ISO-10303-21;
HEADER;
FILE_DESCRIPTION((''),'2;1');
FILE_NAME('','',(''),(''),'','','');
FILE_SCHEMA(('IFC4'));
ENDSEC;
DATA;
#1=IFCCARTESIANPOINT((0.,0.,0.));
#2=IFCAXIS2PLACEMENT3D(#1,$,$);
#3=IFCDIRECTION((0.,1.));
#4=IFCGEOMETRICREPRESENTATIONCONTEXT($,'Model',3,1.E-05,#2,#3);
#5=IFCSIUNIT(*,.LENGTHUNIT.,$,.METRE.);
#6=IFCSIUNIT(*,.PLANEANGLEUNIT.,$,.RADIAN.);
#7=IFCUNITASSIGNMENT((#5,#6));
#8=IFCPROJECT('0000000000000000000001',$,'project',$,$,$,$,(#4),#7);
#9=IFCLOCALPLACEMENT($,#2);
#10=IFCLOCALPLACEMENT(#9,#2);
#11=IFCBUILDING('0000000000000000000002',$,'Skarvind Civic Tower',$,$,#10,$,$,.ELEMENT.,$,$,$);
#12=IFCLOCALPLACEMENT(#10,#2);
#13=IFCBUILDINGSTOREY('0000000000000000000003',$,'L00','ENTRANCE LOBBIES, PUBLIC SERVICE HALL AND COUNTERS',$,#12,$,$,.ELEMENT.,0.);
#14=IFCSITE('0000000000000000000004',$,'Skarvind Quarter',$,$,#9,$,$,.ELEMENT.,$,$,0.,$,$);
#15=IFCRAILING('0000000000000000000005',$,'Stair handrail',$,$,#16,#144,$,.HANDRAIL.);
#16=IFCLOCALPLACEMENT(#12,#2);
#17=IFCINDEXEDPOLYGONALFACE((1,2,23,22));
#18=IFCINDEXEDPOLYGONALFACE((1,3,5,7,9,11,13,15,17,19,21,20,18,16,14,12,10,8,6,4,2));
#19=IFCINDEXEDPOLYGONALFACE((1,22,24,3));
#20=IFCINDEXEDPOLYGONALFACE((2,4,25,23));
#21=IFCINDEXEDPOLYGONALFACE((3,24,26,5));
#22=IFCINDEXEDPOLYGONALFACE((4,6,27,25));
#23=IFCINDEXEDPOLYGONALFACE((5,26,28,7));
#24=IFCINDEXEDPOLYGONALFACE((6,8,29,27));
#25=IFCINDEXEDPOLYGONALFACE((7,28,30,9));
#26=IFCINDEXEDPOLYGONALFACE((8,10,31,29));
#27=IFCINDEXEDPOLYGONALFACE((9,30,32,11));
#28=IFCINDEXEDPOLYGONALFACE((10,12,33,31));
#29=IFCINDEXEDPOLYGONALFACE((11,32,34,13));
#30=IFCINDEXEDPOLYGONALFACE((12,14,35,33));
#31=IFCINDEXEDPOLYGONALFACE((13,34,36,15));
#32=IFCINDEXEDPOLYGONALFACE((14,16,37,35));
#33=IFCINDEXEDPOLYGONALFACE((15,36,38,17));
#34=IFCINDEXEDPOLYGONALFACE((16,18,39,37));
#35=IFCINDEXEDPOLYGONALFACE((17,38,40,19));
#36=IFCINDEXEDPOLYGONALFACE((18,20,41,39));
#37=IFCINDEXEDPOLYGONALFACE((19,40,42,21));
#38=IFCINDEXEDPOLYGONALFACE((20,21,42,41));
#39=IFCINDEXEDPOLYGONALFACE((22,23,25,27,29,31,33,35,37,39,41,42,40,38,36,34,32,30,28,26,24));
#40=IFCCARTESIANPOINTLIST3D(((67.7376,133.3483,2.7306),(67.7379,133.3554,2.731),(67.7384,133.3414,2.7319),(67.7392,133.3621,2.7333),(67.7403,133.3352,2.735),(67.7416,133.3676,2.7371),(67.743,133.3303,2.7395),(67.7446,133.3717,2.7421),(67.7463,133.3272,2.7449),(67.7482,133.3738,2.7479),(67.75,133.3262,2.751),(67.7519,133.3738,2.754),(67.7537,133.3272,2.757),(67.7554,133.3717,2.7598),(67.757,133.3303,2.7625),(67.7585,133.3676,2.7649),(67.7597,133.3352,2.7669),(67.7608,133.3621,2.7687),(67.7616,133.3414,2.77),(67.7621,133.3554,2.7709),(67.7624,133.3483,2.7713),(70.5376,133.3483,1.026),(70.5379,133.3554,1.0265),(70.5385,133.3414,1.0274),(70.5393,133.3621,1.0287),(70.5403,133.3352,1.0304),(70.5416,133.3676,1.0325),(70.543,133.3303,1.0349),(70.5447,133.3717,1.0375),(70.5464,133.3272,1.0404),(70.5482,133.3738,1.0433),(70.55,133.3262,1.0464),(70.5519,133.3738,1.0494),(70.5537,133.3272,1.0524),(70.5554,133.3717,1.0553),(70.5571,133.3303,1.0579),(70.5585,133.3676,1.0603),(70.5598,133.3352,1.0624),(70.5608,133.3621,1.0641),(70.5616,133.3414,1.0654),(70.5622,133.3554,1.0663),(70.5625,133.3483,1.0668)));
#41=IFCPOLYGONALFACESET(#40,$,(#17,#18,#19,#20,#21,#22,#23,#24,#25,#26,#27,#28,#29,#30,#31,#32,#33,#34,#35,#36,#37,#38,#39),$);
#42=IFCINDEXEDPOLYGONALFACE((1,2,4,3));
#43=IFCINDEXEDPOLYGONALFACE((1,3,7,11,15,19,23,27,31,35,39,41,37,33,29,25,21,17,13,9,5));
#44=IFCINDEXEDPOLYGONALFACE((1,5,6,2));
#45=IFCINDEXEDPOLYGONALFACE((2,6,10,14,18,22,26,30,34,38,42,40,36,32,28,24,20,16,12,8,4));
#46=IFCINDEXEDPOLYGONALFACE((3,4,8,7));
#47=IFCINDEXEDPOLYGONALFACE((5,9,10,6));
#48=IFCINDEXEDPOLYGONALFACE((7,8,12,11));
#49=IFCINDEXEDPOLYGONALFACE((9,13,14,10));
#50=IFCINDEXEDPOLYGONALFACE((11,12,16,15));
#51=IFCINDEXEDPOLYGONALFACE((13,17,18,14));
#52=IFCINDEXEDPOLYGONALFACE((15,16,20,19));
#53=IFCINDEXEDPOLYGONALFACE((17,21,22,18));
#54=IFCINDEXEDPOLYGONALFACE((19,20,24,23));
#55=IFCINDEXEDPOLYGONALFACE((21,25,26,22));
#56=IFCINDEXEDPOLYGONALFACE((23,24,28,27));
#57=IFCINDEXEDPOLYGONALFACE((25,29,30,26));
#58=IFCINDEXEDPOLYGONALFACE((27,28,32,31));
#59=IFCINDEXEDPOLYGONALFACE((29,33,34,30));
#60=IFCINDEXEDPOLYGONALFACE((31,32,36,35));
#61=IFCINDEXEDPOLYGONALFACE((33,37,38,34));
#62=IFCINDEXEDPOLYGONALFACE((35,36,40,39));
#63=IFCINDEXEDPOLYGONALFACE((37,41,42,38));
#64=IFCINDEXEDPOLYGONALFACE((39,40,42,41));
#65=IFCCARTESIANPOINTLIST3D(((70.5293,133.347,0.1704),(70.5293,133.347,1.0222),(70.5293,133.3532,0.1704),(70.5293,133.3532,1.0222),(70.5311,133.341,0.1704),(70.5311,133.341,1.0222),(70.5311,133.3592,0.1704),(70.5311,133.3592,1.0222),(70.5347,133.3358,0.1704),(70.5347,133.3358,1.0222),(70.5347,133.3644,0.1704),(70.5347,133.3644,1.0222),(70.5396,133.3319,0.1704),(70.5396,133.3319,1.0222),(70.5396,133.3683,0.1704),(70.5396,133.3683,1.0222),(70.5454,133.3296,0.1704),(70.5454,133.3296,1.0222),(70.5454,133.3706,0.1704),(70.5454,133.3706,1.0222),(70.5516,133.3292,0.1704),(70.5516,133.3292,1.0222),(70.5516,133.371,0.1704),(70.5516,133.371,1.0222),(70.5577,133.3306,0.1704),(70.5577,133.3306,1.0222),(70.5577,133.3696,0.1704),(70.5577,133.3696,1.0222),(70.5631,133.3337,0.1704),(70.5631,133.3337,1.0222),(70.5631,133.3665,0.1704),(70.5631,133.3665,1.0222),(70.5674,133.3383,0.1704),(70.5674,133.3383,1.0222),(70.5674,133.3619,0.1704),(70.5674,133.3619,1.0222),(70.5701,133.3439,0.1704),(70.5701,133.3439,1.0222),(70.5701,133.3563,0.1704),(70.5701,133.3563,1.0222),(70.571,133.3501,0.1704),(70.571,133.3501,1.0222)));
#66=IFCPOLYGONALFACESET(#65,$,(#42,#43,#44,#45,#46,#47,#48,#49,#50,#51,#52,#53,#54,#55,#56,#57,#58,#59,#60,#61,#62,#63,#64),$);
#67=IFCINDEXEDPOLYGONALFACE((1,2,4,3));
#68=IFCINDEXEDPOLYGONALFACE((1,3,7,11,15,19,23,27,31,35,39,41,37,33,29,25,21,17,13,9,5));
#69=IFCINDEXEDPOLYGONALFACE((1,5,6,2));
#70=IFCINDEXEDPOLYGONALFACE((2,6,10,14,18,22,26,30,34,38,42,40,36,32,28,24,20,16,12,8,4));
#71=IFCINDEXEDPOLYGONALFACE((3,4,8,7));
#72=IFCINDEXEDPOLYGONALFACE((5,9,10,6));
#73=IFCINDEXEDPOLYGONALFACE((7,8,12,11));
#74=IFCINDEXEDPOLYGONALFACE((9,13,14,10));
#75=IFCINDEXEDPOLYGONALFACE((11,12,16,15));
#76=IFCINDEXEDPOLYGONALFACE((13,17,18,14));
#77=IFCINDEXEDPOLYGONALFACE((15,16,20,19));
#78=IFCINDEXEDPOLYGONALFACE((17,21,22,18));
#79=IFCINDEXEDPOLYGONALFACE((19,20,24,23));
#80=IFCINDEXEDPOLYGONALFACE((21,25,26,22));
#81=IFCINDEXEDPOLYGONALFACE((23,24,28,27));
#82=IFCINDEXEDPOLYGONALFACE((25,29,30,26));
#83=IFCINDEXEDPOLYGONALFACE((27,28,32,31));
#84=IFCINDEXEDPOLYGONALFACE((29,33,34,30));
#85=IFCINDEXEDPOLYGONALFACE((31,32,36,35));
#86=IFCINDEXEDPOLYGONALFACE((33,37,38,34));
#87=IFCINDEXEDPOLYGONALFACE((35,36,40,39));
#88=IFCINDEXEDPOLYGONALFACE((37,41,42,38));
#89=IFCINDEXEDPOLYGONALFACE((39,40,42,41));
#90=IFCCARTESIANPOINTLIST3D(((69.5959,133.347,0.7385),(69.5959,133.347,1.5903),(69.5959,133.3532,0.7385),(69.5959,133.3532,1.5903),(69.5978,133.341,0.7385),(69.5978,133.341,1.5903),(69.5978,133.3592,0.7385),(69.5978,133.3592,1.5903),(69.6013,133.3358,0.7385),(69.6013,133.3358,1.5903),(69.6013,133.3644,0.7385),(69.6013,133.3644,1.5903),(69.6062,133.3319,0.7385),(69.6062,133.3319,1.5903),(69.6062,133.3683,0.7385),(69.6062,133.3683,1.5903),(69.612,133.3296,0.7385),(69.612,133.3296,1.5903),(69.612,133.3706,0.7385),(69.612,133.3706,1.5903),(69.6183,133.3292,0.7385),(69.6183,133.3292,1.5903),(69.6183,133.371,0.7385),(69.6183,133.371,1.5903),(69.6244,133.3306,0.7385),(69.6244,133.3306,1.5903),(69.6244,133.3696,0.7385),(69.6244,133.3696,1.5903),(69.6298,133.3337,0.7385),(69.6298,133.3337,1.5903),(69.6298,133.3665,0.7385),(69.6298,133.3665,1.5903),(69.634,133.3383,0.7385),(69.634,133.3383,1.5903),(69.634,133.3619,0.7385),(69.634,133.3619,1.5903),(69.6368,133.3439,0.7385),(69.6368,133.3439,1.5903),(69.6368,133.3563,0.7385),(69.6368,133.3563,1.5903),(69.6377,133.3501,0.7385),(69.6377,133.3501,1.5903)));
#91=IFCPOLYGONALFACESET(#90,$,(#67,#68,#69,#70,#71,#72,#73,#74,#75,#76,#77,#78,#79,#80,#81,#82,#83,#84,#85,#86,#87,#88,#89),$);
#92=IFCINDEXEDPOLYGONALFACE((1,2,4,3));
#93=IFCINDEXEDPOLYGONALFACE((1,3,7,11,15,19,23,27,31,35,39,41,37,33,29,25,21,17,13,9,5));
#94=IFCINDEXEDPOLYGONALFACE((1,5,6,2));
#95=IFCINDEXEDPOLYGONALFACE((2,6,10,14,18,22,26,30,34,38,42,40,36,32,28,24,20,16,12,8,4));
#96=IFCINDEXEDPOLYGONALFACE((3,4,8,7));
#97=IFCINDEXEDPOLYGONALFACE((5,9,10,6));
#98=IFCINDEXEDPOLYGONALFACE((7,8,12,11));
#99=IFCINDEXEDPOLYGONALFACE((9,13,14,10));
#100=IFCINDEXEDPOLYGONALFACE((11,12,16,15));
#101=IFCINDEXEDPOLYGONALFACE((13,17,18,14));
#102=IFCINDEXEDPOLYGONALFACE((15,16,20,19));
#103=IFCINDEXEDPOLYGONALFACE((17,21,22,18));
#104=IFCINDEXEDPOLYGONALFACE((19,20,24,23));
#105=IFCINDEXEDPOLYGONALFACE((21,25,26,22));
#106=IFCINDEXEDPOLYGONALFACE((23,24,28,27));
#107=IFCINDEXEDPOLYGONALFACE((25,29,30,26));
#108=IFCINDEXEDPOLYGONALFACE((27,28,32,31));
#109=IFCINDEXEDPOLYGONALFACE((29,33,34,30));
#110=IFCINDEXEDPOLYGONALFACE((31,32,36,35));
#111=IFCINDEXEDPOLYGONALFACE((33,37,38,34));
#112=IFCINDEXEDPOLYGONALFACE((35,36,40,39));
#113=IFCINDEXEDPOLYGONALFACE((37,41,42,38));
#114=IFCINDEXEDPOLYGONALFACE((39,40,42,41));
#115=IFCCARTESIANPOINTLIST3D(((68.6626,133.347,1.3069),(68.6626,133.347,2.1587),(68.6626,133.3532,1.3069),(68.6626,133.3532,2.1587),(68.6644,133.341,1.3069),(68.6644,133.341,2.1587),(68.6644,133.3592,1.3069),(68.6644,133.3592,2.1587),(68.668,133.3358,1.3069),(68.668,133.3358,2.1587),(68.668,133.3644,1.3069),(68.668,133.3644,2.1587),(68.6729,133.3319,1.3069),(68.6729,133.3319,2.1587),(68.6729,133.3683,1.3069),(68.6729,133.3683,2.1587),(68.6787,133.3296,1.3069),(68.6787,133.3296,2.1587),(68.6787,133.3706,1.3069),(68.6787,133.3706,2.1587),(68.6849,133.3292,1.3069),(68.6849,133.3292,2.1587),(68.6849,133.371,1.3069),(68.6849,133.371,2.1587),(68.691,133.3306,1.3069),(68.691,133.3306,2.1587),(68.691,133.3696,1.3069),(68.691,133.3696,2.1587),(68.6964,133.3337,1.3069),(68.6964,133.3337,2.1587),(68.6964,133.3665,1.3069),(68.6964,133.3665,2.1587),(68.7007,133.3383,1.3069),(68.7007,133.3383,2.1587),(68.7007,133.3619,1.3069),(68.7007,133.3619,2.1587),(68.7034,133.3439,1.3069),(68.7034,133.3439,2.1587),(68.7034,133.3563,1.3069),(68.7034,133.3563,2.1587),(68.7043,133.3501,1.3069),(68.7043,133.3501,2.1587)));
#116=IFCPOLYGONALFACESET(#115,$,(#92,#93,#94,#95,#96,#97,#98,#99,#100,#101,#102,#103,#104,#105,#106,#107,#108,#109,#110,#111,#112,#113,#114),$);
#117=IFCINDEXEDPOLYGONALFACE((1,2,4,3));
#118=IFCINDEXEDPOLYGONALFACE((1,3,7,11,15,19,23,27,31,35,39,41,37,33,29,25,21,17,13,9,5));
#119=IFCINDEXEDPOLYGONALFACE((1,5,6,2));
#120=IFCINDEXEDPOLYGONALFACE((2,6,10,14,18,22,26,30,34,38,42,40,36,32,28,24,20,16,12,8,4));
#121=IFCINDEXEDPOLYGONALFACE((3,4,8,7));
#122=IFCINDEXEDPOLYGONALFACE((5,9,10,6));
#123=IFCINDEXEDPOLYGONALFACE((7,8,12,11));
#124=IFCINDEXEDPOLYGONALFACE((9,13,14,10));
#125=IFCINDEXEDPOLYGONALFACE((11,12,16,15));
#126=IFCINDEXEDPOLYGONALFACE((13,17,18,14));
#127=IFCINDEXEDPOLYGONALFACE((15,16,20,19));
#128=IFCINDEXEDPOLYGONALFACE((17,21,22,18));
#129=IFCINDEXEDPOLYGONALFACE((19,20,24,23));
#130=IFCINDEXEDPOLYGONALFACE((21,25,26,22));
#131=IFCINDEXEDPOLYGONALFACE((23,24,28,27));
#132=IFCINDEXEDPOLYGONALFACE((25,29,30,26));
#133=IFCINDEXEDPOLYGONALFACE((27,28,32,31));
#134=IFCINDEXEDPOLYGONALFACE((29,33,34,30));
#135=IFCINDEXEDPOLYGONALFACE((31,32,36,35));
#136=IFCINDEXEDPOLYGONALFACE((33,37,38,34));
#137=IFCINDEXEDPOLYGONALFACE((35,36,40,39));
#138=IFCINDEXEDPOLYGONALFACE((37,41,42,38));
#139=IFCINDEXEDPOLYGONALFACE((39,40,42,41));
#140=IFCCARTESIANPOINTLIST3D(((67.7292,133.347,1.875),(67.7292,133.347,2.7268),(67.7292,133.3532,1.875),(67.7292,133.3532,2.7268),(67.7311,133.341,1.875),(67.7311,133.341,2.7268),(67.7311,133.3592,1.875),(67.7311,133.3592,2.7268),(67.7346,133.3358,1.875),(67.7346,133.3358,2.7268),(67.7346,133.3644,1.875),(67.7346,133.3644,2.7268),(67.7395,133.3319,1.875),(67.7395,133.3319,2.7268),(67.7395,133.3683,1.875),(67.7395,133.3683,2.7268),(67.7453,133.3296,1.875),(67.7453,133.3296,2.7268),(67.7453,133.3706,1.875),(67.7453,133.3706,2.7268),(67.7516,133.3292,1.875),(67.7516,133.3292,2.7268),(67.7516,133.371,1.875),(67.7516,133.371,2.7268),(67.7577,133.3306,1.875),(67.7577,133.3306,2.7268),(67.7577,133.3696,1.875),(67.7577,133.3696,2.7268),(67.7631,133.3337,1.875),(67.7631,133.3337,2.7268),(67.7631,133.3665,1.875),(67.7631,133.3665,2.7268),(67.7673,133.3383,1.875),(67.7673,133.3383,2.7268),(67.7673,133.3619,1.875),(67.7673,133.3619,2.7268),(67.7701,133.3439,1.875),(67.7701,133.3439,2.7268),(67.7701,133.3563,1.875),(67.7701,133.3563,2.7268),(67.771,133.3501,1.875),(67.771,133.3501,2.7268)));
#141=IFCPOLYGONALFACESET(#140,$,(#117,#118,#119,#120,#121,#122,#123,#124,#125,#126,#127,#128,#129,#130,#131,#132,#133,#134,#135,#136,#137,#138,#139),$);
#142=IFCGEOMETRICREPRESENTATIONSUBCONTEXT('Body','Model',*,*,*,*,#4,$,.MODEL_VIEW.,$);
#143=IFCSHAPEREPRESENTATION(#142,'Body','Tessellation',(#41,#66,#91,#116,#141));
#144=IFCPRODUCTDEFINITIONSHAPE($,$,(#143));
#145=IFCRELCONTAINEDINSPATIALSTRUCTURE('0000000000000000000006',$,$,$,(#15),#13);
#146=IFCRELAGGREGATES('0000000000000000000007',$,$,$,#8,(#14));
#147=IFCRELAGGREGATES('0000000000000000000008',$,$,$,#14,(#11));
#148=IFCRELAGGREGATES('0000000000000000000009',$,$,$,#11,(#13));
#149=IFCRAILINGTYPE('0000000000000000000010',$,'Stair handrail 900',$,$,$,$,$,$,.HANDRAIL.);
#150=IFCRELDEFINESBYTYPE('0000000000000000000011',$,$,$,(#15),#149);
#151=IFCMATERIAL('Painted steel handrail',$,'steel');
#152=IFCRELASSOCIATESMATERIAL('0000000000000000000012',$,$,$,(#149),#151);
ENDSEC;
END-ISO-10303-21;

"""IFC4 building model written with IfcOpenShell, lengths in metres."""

from ifc_helpers import new_model, si_unit, direction, frame, origin, origin_2d, place, context, subcontext, project, spatial, circle, extrude, material, type_object, element, save


model = new_model("IFC4")

# Units and contexts
model_context = context("Model", 3, precision=1e-05, world=origin(), true_north=direction((0.0, 1.0)))
body_context = subcontext(model_context, "Body", "Model", "MODEL_VIEW")
ifc_project = project(units=[si_unit("LENGTHUNIT", "METRE"), si_unit("PLANEANGLEUNIT", "RADIAN")], contexts=[model_context])

# Site, building, storey
site_placement = place(None, origin())
site = spatial("IfcSite", under=ifc_project, at=site_placement, Name="Skarvind Quarter", CompositionType="ELEMENT", RefElevation=0.0)
building_placement = place(site_placement, origin())
building = spatial("IfcBuilding", under=site, at=building_placement, Name="Skarvind Civic Tower", CompositionType="ELEMENT")
storey_placement = place(building_placement, origin())
storey = spatial("IfcBuildingStorey", under=building, at=storey_placement, Name="L00", Description="ENTRANCE LOBBIES, PUBLIC SERVICE HALL AND COUNTERS", CompositionType="ELEMENT", Elevation=0.0)

# Railing
ifc_material_1 = material(Name="Painted steel handrail", Category="steel")
railing_type = type_object("IfcRailingType", Name="Stair handrail 900", PredefinedType="HANDRAIL", material=ifc_material_1)
for number, where, name in (
    (1, (70.55, 133.3501, 0.1704), "Stair handrail"),
):
    element("IfcRailing", number, at=place(storey_placement, frame(where)), inside=storey, type_object=railing_type, Name=name, PredefinedType="HANDRAIL", context=body_context, shape_type="SweptSolid", body=[
        extrude(circle(Radius=0.0239, at=origin_2d()), frame((0.0, 0.0, 0.876), z_axis=(-0.85417, 0.0, 0.519994), x_axis=(0.0, -1.0, 0.0)), (0.0, 0.0, 1.0), 3.2781),
        extrude(circle(Radius=0.021, at=origin_2d()), origin(), (0.0, 0.0, 1.0), 0.8518),
        extrude(circle(Radius=0.021, at=origin_2d()), frame((-0.9333, 0.0, 0.5681)), (0.0, 0.0, 1.0), 0.8518),
        extrude(circle(Radius=0.021, at=origin_2d()), frame((-1.8667, 0.0, 1.1365)), (0.0, 0.0, 1.0), 0.8518),
        extrude(circle(Radius=0.021, at=origin_2d()), frame((-2.8, 0.0, 1.7046)), (0.0, 0.0, 1.0), 0.8518),
    ])

save(model, "model.ifc")
